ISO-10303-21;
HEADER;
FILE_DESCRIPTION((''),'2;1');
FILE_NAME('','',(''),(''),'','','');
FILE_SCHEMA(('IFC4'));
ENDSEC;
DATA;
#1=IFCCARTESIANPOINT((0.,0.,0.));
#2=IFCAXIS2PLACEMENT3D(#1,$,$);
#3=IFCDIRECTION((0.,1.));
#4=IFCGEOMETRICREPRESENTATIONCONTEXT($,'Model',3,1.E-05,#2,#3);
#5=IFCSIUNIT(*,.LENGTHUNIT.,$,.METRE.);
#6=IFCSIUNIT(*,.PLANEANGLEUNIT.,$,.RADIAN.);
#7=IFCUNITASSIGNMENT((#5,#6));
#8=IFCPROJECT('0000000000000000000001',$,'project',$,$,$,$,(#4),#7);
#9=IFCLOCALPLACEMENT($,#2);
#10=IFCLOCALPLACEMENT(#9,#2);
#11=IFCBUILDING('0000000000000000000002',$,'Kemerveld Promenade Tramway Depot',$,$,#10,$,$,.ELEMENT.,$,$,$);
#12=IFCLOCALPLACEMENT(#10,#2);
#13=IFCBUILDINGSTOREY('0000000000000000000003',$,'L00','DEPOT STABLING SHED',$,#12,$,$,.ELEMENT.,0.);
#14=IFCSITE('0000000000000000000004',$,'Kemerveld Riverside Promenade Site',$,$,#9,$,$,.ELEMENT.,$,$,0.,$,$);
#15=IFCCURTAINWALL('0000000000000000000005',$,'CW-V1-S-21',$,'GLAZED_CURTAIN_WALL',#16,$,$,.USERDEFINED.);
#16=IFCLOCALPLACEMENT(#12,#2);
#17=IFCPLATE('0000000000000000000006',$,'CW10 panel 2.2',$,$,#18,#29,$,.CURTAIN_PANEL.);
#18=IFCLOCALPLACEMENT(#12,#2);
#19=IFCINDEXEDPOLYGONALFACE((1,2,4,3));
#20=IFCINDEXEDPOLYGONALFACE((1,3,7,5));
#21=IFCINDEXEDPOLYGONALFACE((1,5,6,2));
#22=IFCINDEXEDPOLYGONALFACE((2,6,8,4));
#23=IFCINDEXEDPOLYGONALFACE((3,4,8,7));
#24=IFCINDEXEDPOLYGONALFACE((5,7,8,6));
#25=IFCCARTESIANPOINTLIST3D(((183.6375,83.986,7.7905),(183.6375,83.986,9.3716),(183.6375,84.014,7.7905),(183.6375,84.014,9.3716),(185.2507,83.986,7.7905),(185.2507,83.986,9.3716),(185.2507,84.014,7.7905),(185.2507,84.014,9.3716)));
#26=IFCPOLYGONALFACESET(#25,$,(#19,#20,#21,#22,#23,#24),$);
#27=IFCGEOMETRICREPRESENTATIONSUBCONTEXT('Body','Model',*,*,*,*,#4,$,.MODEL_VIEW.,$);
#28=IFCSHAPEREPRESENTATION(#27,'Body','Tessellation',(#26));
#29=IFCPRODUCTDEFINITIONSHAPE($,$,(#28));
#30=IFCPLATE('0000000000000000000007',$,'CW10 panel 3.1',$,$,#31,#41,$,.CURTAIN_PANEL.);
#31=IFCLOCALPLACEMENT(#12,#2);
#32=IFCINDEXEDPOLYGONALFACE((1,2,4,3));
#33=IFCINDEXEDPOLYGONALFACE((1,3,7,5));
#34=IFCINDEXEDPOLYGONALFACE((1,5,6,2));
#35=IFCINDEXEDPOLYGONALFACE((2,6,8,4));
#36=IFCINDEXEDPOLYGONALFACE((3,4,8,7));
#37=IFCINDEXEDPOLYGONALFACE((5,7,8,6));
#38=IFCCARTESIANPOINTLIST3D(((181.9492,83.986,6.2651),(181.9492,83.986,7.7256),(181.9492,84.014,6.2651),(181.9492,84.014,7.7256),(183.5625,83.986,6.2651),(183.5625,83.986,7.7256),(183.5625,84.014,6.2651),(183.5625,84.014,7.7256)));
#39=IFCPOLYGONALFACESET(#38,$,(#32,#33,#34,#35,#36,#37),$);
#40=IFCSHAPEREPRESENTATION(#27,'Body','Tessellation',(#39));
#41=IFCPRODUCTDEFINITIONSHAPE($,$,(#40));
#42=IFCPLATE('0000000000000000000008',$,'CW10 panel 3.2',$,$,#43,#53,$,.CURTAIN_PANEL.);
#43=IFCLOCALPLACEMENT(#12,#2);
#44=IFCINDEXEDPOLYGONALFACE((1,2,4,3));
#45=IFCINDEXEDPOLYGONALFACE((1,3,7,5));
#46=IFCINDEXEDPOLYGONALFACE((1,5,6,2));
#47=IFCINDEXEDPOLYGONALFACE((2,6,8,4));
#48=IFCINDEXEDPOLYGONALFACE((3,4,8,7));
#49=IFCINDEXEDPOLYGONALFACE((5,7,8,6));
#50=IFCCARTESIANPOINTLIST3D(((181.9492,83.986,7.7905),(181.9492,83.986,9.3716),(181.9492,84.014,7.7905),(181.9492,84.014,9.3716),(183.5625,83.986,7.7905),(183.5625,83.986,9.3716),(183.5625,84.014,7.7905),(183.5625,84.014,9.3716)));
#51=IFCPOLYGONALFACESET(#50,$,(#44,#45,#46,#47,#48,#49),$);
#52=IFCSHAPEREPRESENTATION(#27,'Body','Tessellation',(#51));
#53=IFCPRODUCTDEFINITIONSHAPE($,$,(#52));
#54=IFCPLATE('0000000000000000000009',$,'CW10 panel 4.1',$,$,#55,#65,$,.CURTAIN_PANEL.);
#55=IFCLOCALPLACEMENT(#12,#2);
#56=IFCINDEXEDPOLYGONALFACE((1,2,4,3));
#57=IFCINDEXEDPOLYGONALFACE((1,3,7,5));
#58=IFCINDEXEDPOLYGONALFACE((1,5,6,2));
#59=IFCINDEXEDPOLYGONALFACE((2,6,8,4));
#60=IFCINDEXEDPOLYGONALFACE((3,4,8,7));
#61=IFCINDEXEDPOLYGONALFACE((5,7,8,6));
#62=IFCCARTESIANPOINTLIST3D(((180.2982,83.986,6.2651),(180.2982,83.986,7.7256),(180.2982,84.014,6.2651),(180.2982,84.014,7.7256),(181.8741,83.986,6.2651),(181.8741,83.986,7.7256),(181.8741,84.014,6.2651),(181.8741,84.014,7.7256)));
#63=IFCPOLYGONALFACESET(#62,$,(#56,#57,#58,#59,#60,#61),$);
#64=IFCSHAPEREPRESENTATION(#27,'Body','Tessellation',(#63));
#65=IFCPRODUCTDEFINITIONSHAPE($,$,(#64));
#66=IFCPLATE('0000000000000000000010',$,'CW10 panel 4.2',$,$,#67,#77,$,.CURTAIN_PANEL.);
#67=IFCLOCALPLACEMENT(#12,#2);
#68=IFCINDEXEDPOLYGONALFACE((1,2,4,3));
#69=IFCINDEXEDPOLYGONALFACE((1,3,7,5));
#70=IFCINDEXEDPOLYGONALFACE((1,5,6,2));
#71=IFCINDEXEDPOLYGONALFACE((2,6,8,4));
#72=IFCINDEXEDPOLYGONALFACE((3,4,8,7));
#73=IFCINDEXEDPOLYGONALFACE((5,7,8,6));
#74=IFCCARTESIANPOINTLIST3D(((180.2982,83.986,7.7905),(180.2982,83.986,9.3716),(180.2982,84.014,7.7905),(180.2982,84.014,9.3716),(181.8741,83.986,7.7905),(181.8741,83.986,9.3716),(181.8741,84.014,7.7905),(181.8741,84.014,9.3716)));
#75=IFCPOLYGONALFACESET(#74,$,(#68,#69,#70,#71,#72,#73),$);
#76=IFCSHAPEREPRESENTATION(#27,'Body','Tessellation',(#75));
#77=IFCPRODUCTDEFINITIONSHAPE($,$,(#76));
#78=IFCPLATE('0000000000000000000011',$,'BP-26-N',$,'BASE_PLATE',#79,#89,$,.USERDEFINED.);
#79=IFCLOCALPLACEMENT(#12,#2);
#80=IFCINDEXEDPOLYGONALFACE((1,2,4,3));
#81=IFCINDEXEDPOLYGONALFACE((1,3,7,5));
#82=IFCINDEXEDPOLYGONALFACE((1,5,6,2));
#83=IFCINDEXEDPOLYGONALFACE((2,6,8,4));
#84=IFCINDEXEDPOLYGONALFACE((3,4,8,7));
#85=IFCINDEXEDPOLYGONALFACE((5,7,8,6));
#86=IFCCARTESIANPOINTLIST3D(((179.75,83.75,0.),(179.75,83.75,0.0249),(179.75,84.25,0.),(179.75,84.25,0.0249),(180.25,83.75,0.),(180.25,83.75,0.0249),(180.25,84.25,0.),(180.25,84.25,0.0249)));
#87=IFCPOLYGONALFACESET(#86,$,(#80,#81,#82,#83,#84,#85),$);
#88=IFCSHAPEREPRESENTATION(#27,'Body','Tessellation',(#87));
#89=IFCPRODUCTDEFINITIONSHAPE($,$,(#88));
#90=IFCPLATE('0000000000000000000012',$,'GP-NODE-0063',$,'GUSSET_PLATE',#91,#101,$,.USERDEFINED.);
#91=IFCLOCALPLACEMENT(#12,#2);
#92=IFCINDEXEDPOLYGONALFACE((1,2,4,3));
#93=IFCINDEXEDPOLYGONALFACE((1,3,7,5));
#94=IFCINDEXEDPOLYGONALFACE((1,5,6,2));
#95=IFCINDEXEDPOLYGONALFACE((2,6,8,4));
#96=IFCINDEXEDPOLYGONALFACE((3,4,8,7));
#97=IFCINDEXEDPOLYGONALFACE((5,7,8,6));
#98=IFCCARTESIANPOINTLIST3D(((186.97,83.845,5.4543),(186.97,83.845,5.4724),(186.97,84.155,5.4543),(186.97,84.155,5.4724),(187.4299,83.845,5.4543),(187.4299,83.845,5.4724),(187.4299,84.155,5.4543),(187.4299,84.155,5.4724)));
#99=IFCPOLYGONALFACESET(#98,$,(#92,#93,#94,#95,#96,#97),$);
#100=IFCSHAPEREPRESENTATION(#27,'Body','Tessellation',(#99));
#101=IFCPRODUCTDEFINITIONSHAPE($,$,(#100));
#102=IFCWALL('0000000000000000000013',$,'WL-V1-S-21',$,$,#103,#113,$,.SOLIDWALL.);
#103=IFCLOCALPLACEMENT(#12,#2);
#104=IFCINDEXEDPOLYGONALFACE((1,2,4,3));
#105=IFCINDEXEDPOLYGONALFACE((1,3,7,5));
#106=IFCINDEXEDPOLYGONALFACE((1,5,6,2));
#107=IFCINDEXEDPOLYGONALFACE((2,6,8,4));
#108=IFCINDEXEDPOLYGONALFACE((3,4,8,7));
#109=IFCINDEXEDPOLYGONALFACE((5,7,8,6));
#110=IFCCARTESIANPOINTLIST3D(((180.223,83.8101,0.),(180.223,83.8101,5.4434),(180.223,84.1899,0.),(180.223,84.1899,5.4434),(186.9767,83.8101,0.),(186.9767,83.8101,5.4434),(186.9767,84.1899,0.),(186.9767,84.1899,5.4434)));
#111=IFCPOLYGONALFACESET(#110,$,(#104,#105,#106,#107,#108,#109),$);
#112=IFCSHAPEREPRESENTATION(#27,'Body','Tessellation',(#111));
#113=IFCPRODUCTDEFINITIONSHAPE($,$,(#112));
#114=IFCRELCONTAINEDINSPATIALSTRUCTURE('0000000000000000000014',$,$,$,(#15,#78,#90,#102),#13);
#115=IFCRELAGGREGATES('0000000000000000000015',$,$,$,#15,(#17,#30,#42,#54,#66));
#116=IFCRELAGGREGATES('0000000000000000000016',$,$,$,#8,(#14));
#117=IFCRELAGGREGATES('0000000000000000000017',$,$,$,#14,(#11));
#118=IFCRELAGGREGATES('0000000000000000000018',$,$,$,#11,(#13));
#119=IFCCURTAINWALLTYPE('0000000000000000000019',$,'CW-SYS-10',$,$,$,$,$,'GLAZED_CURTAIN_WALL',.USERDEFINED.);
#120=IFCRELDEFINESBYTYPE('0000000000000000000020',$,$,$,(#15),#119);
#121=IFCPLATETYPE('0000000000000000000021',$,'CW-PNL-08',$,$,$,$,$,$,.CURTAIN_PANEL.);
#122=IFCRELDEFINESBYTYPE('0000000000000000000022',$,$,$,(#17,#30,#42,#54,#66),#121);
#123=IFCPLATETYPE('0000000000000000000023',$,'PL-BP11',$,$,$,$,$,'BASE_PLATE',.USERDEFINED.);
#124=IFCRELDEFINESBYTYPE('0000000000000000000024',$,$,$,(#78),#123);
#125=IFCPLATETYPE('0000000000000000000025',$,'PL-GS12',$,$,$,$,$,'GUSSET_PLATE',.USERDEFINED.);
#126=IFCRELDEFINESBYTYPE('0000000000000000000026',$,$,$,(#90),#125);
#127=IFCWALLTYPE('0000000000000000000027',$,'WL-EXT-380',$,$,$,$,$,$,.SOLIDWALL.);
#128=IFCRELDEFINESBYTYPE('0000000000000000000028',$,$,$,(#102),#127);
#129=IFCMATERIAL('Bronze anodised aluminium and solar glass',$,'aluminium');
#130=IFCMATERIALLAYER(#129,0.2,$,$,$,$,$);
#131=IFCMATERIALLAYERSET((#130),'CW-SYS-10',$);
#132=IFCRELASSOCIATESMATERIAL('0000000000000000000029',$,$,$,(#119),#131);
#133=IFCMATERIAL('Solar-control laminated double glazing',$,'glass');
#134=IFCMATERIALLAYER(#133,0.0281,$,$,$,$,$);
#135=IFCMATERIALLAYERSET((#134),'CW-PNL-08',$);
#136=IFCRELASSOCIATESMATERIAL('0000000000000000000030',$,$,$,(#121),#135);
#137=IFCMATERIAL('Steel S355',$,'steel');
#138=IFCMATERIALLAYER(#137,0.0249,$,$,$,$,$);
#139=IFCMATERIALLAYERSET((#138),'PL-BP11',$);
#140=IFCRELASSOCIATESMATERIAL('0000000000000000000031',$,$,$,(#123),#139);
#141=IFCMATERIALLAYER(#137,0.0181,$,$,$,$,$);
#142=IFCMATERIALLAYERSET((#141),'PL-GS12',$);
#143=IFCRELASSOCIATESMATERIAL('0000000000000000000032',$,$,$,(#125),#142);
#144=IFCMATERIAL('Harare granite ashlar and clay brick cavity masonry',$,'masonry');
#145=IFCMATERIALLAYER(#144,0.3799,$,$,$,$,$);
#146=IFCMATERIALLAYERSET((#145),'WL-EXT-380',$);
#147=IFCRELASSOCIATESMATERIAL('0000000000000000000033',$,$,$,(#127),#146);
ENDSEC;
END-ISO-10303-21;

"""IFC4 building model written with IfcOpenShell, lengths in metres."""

from ifc_helpers import new_model, si_unit, direction, frame, frame_2d, origin, origin_2d, place, context, subcontext, project, spatial, rectangle, extrude, material, layer, layer_set, type_object, element, aggregate, save


model = new_model("IFC4")

# Units and contexts
model_context = context("Model", 3, precision=1e-05, world=origin(), true_north=direction((0.0, 1.0)))
body_context = subcontext(model_context, "Body", "Model", "MODEL_VIEW")
ifc_project = project(units=[si_unit("LENGTHUNIT", "METRE"), si_unit("PLANEANGLEUNIT", "RADIAN")], contexts=[model_context])

# Site, building, storey
site_placement = place(None, origin())
site = spatial("IfcSite", under=ifc_project, at=site_placement, Name="Kemerveld Riverside Promenade Site", CompositionType="ELEMENT", RefElevation=0.0)
building_placement = place(site_placement, origin())
building = spatial("IfcBuilding", under=site, at=building_placement, Name="Kemerveld Promenade Tramway Depot", CompositionType="ELEMENT")
storey_placement = place(building_placement, origin())
storey = spatial("IfcBuildingStorey", under=building, at=storey_placement, Name="L00", Description="DEPOT STABLING SHED", CompositionType="ELEMENT", Elevation=0.0)

# Shared definitions
ifc_material_1 = material(Name="Steel S355", Category="steel")

# Shared definitions
ifc_material_2 = material(Name="Bronze anodised aluminium and solar glass", Category="aluminium")

# Curtain wall
ifc_layer_1 = layer(ifc_material_2, 0.2)
ifc_layer_set_1 = layer_set([ifc_layer_1], Name="CW-SYS-10")
curtain_wall_type_1 = type_object("IfcCurtainWallType", Name="CW-SYS-10", ElementType="GLAZED_CURTAIN_WALL", PredefinedType="USERDEFINED", material=ifc_layer_set_1)
curtain_wall_1_placement = place(storey_placement, origin())
curtain_wall_1 = element("IfcCurtainWall", 1, at=curtain_wall_1_placement, inside=storey, type_object=curtain_wall_type_1, Name="CW-V1-S-21", ObjectType="GLAZED_CURTAIN_WALL", PredefinedType="USERDEFINED")

# Plates
ifc_material_3 = material(Name="Solar-control laminated double glazing", Category="glass")
ifc_layer_2 = layer(ifc_material_3, 0.0281)
ifc_layer_set_2 = layer_set([ifc_layer_2], Name="CW-PNL-08")
plate_type_1 = type_object("IfcPlateType", Name="CW-PNL-08", PredefinedType="CURTAIN_PANEL", material=ifc_layer_set_2)
plate_1_placement = place(storey_placement, frame((184.4441, 84.0, 7.7905), z_axis=(0.0, 0.0, 1.0), x_axis=(-1.0, 0.0, 0.0)))
plate_1 = element("IfcPlate", 2, at=plate_1_placement, type_object=plate_type_1, Name="CW10 panel 2.2", PredefinedType="CURTAIN_PANEL", context=body_context, shape_type="SweptSolid", body=[
    extrude(rectangle(XDim=1.6133, YDim=0.0281, at=origin_2d()), origin(), (0.0, 0.0, 1.0), 1.5811),
])
plate_2_placement = place(storey_placement, frame((182.7559, 84.0, 6.2651), z_axis=(0.0, 0.0, 1.0), x_axis=(-1.0, 0.0, 0.0)))
plate_2 = element("IfcPlate", 3, at=plate_2_placement, type_object=plate_type_1, Name="CW10 panel 3.1", PredefinedType="CURTAIN_PANEL", context=body_context, shape_type="SweptSolid", body=[
    extrude(rectangle(XDim=1.6133, YDim=0.0281, at=origin_2d()), origin(), (0.0, 0.0, 1.0), 1.4604),
])
plate_3_placement = place(storey_placement, frame((182.7559, 84.0, 7.7905), z_axis=(0.0, 0.0, 1.0), x_axis=(-1.0, 0.0, 0.0)))
plate_3 = element("IfcPlate", 4, at=plate_3_placement, type_object=plate_type_1, Name="CW10 panel 3.2", PredefinedType="CURTAIN_PANEL", context=body_context, shape_type="SweptSolid", body=[
    extrude(rectangle(XDim=1.6133, YDim=0.0281, at=origin_2d()), origin(), (0.0, 0.0, 1.0), 1.5811),
])
plate_4_placement = place(storey_placement, frame((181.0862, 84.0, 6.2651), z_axis=(0.0, 0.0, 1.0), x_axis=(-1.0, 0.0, 0.0)))
plate_4 = element("IfcPlate", 5, at=plate_4_placement, type_object=plate_type_1, Name="CW10 panel 4.1", PredefinedType="CURTAIN_PANEL", context=body_context, shape_type="SweptSolid", body=[
    extrude(rectangle(XDim=1.5759, YDim=0.0281, at=origin_2d()), origin(), (0.0, 0.0, 1.0), 1.4604),
])
plate_5_placement = place(storey_placement, frame((181.0862, 84.0, 7.7905), z_axis=(0.0, 0.0, 1.0), x_axis=(-1.0, 0.0, 0.0)))
plate_5 = element("IfcPlate", 6, at=plate_5_placement, type_object=plate_type_1, Name="CW10 panel 4.2", PredefinedType="CURTAIN_PANEL", context=body_context, shape_type="SweptSolid", body=[
    extrude(rectangle(XDim=1.5759, YDim=0.0281, at=origin_2d()), origin(), (0.0, 0.0, 1.0), 1.5811),
])
aggregate(curtain_wall_1, [plate_1, plate_2, plate_3, plate_4, plate_5])

# Plates
ifc_layer_3 = layer(ifc_material_1, 0.0249)
ifc_layer_set_3 = layer_set([ifc_layer_3], Name="PL-BP11")
plate_type_2 = type_object("IfcPlateType", Name="PL-BP11", ElementType="BASE_PLATE", PredefinedType="USERDEFINED", material=ifc_layer_set_3)
plate_6_placement = place(storey_placement, frame((180.0, 84.0, 0.0), z_axis=(0.0, 0.0, 1.0), x_axis=(1.0, 0.0, 0.0)))
element("IfcPlate", 7, at=plate_6_placement, inside=storey, type_object=plate_type_2, Name="BP-26-N", ObjectType="BASE_PLATE", PredefinedType="USERDEFINED", context=body_context, shape_type="SweptSolid", body=[
    extrude(rectangle(XDim=0.5, YDim=0.5, at=origin_2d()), origin(), (0.0, 0.0, 1.0), 0.0249),
])
ifc_layer_4 = layer(ifc_material_1, 0.0181)
ifc_layer_set_4 = layer_set([ifc_layer_4], Name="PL-GS12")
plate_type_3 = type_object("IfcPlateType", Name="PL-GS12", ElementType="GUSSET_PLATE", PredefinedType="USERDEFINED", material=ifc_layer_set_4)
plate_7_placement = place(storey_placement, frame((187.2, 84.0, 5.4543), z_axis=(0.0, 0.0, 1.0), x_axis=(1.0, 0.0, 0.0)))
element("IfcPlate", 8, at=plate_7_placement, inside=storey, type_object=plate_type_3, Name="GP-NODE-0063", ObjectType="GUSSET_PLATE", PredefinedType="USERDEFINED", context=body_context, shape_type="SweptSolid", body=[
    extrude(rectangle(XDim=0.46, YDim=0.3101, at=origin_2d()), origin(), (0.0, 0.0, 1.0), 0.0181),
])

# Wall
ifc_material_4 = material(Name="Harare granite ashlar and clay brick cavity masonry", Category="masonry")
ifc_layer_5 = layer(ifc_material_4, 0.3799)
ifc_layer_set_5 = layer_set([ifc_layer_5], Name="WL-EXT-380")
wall_type = type_object("IfcWallType", Name="WL-EXT-380", PredefinedType="SOLIDWALL", material=ifc_layer_set_5)
wall_placement = place(storey_placement, frame((186.9768, 84.0, 0.0), z_axis=(0.0, 0.0, 1.0), x_axis=(-1.0, 0.0, 0.0)))
element("IfcWall", 9, at=wall_placement, inside=storey, type_object=wall_type, Name="WL-V1-S-21", PredefinedType="SOLIDWALL", context=body_context, shape_type="SweptSolid", body=[
    extrude(rectangle(XDim=6.7537, YDim=0.3799, at=frame_2d((3.377, 0.0))), origin(), (0.0, 0.0, 1.0), 5.4434),
])

save(model, "model.ifc")
